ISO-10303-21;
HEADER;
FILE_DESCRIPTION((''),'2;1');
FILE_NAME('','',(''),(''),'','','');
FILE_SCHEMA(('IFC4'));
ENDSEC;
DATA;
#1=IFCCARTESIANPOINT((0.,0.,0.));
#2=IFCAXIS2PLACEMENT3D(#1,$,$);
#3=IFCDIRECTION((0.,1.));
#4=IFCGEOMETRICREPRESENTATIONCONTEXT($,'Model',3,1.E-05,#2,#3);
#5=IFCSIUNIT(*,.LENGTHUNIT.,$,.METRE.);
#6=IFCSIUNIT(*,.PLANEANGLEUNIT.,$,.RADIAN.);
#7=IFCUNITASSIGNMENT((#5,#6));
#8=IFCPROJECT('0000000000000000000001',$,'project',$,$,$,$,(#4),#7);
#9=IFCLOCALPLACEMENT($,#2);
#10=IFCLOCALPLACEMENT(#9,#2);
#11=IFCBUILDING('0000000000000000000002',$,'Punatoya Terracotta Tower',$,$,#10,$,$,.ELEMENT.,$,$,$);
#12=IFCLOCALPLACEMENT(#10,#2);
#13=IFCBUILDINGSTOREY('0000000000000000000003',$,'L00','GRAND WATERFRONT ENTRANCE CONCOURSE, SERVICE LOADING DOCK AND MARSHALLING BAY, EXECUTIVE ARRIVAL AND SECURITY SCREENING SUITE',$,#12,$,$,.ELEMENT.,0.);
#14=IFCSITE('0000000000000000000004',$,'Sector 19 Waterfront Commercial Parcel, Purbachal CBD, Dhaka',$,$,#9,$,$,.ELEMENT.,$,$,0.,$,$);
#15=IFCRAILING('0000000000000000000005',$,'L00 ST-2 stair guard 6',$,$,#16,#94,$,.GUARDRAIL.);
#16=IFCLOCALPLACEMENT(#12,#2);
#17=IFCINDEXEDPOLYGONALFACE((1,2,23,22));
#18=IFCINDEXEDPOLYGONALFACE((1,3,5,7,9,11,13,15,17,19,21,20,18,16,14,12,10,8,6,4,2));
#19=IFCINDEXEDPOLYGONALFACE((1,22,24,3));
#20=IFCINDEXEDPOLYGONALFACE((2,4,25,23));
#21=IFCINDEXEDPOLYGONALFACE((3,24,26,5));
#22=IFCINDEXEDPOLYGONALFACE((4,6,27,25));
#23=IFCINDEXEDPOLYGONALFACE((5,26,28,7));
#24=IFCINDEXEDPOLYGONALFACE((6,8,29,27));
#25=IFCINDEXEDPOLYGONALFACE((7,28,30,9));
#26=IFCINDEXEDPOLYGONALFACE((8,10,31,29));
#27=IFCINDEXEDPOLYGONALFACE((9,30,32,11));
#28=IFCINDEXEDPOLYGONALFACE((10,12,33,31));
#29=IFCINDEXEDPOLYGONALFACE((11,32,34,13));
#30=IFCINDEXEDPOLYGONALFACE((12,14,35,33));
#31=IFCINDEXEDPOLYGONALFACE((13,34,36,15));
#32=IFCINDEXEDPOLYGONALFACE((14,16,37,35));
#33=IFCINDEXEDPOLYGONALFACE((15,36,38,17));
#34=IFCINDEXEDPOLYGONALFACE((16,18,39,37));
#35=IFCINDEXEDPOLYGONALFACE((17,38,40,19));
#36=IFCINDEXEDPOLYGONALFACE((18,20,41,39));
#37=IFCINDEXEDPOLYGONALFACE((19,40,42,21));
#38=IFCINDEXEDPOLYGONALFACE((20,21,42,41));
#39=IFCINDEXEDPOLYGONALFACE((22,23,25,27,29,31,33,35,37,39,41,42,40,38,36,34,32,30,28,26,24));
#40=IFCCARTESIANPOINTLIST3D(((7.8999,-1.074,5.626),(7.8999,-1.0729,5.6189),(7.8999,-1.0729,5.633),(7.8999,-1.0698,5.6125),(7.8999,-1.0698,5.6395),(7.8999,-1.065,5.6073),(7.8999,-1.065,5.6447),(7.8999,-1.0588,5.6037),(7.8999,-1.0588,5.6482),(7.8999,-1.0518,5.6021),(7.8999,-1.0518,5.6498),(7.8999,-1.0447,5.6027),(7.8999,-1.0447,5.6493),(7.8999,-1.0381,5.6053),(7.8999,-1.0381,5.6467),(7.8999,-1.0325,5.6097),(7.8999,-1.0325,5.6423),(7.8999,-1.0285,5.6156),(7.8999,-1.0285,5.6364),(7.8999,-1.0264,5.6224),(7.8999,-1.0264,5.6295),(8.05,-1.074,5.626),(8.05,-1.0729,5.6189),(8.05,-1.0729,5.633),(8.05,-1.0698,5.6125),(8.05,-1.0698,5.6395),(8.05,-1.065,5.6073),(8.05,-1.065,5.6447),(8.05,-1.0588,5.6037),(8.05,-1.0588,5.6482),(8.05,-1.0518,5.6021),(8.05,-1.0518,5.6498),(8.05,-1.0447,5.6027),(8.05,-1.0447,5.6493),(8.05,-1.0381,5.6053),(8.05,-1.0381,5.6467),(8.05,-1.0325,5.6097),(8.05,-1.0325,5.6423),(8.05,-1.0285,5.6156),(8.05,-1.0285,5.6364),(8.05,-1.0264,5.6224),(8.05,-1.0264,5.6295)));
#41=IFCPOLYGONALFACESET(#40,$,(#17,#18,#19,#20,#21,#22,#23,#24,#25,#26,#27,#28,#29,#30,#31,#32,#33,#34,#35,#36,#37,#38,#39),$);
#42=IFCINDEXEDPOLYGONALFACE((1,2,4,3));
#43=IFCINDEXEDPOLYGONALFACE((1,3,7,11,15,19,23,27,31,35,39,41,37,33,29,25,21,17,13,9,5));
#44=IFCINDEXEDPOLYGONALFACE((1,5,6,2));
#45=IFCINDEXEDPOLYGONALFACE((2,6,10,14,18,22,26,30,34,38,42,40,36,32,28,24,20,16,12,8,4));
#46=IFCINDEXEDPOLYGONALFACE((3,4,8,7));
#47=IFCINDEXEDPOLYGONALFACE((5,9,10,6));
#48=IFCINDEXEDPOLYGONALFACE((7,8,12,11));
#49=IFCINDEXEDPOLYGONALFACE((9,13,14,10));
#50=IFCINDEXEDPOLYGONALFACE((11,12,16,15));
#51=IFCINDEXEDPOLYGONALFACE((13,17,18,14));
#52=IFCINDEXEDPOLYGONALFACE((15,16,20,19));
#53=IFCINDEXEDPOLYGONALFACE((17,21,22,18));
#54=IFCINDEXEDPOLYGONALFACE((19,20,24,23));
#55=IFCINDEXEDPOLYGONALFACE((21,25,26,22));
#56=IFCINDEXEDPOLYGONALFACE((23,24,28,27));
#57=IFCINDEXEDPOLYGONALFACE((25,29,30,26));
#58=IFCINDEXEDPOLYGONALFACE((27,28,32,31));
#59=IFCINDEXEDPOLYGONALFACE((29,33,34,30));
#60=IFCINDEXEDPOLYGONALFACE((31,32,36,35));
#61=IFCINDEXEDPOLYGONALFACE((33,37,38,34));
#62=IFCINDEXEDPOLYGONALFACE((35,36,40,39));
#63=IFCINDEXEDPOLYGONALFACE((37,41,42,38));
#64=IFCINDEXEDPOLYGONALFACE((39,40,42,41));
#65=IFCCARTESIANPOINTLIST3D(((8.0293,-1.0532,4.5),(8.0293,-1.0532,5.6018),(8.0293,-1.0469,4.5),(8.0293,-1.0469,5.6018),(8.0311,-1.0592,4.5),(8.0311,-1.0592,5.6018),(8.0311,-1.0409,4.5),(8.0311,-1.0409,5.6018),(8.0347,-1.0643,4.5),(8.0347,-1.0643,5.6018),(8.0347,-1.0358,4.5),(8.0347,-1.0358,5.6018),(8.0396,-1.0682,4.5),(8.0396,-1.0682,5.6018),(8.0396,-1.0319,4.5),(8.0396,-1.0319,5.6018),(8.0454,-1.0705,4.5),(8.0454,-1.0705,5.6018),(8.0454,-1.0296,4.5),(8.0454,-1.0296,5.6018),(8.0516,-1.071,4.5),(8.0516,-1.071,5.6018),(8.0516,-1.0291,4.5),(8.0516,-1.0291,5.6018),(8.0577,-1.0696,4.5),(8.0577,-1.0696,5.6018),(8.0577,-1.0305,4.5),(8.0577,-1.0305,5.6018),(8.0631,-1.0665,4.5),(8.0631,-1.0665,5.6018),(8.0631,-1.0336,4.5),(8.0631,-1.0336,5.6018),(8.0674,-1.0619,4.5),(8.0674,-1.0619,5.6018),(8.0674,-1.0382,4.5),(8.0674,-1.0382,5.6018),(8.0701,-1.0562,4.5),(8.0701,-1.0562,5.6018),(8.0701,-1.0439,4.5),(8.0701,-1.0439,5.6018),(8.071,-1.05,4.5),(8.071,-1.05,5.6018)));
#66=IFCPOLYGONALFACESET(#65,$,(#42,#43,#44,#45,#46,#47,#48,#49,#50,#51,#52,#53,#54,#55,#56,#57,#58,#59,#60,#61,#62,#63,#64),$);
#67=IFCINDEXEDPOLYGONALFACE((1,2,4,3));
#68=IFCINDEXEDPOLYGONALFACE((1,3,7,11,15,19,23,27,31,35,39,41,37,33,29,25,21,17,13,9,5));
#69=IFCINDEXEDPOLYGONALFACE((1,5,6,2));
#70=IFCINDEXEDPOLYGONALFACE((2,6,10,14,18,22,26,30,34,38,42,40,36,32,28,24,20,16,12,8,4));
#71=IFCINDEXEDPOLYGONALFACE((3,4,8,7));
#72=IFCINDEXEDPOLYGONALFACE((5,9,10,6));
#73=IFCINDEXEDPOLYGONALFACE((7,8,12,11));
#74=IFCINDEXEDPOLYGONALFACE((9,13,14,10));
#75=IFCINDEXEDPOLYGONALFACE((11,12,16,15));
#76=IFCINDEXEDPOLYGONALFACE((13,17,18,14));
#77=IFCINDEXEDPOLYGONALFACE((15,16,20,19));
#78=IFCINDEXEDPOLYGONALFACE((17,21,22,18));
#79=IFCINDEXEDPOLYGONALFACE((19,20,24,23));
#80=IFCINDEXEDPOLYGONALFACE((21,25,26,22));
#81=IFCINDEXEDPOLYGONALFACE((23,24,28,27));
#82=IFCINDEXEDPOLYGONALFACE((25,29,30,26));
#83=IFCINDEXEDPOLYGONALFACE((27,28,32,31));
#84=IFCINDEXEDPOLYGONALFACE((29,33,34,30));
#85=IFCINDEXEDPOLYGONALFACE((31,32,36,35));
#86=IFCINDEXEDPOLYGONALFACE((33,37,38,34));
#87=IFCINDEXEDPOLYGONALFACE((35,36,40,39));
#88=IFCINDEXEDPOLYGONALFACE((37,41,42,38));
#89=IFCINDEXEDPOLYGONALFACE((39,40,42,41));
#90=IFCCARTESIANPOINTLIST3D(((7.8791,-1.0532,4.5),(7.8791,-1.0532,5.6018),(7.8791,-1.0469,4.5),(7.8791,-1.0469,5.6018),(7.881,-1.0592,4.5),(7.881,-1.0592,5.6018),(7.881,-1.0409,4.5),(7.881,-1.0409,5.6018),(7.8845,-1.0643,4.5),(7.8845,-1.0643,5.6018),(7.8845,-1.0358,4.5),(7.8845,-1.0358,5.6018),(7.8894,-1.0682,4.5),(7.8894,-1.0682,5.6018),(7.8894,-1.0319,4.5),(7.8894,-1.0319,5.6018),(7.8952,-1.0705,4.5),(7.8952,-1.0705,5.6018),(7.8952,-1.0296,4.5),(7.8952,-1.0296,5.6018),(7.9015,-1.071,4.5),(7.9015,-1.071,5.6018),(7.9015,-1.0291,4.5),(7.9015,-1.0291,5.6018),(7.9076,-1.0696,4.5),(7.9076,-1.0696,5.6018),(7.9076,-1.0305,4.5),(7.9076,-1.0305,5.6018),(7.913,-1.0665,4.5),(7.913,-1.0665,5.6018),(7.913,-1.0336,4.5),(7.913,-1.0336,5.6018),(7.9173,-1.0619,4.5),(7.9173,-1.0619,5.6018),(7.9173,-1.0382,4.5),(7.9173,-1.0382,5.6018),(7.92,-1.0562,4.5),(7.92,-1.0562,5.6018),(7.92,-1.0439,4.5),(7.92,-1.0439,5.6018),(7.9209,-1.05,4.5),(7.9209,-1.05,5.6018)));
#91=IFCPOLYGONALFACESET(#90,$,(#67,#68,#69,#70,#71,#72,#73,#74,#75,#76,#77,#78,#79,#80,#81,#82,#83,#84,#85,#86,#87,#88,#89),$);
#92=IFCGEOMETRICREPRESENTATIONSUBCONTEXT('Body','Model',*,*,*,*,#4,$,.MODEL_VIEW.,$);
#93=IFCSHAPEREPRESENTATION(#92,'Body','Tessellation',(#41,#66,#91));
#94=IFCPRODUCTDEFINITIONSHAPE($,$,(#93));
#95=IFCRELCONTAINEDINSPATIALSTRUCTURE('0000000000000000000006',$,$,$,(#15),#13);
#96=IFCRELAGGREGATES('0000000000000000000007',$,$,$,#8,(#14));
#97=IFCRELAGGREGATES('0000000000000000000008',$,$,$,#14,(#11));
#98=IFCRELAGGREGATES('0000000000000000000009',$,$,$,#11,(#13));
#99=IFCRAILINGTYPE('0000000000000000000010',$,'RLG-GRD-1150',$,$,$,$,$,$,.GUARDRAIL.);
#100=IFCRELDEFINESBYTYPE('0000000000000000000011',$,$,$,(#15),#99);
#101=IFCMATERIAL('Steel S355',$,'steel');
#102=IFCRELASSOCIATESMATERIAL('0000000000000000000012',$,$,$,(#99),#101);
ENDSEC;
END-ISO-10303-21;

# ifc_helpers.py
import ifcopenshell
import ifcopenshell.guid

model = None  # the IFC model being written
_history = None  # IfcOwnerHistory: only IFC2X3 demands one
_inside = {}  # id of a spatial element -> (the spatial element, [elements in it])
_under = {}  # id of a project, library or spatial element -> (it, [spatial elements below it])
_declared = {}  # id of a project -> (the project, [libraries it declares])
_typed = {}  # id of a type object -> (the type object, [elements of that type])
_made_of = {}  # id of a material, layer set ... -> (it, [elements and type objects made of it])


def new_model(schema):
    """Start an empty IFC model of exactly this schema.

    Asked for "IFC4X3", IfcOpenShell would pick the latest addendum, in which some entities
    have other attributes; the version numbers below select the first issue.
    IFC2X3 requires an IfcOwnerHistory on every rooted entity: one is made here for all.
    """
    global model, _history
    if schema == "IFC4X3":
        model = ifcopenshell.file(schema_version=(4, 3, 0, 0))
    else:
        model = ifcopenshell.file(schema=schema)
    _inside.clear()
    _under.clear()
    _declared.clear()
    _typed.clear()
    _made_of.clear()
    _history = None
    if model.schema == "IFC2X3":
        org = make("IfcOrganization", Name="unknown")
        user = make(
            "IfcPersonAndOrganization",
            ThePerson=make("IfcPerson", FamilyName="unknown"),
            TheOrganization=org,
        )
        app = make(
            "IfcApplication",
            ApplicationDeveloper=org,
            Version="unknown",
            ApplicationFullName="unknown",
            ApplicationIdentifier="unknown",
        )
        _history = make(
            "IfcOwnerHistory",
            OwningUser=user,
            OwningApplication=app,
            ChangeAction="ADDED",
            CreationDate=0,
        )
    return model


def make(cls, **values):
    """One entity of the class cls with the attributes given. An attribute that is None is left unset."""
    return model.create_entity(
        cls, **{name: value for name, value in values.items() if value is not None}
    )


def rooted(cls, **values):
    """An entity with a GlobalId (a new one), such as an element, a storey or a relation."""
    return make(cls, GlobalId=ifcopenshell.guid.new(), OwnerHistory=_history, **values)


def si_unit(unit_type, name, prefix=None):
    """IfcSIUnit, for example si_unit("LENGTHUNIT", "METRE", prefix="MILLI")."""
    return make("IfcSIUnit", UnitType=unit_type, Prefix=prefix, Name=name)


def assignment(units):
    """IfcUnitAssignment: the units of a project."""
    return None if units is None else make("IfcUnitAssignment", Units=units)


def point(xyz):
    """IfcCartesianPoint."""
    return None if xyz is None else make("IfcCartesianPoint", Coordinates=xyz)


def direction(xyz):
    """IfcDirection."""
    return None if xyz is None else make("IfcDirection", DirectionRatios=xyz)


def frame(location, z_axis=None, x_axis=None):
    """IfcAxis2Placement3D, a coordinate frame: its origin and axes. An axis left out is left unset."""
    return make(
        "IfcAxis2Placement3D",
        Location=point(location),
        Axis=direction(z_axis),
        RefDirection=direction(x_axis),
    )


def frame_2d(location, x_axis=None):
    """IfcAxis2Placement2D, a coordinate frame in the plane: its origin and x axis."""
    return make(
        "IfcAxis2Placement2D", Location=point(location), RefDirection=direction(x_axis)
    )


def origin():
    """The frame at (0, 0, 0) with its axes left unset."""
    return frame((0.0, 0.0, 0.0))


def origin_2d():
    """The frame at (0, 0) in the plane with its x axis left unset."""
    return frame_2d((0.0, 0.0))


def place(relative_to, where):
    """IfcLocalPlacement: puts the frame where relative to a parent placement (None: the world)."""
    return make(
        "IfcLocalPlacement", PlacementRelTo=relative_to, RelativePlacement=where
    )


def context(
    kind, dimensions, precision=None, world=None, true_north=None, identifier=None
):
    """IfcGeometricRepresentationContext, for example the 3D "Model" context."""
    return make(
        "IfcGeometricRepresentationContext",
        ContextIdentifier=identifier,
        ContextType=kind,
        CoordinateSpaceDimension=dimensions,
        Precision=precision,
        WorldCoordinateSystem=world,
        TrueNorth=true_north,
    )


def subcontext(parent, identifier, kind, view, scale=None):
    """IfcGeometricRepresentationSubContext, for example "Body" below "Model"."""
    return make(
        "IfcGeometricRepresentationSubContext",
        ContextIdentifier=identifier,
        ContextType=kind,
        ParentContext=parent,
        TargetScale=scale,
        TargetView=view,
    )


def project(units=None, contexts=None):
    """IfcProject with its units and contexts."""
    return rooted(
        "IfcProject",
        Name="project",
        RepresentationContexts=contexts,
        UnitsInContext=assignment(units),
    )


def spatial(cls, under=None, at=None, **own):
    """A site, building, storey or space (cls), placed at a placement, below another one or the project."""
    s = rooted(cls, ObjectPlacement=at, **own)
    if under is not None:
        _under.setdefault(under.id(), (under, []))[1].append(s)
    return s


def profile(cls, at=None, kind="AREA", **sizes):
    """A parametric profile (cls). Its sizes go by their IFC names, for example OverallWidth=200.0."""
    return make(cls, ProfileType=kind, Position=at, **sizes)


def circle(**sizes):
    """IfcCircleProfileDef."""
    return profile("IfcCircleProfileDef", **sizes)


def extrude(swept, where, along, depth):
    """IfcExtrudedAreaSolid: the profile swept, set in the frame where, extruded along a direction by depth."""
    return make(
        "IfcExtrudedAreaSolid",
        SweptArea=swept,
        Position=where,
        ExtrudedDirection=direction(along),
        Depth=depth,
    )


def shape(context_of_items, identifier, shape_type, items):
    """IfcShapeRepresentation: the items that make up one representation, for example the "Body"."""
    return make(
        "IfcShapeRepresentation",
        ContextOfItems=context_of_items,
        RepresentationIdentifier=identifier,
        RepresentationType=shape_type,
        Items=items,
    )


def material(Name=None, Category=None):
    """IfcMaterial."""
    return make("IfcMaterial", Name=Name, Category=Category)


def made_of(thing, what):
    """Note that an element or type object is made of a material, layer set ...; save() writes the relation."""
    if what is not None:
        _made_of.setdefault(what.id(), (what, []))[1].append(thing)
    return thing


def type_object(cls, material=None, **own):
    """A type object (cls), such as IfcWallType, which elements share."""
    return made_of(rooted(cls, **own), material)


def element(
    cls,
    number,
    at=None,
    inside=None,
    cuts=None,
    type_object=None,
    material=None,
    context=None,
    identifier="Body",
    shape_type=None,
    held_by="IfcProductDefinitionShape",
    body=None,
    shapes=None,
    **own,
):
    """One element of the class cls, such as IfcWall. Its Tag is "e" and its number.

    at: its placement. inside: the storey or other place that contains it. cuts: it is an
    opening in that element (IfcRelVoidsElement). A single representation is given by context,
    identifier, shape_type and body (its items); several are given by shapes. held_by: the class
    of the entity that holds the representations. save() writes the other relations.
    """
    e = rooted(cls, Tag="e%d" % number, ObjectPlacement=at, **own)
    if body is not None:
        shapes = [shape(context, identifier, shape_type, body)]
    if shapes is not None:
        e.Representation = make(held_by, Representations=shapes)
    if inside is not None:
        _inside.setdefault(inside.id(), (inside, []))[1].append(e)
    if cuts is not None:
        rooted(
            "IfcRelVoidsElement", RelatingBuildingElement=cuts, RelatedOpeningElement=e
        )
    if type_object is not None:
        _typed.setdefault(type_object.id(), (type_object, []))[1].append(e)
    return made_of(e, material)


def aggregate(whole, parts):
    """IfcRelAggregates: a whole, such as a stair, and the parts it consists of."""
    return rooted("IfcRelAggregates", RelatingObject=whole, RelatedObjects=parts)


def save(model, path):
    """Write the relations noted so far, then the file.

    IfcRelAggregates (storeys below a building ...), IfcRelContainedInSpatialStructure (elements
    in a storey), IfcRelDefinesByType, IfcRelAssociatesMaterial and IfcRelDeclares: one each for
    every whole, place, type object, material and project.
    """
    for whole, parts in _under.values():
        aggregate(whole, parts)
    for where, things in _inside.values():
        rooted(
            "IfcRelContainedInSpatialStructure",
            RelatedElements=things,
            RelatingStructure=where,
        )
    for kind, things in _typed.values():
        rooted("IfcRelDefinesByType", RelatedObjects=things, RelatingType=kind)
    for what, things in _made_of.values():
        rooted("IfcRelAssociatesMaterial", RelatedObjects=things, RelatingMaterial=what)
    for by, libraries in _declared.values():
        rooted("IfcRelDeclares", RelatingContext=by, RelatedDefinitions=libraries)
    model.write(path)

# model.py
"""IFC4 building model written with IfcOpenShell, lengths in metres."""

from ifc_helpers import new_model, si_unit, direction, frame, origin, origin_2d, place, context, subcontext, project, spatial, circle, extrude, material, type_object, element, save


model = new_model("IFC4")

# Units and contexts
model_context = context("Model", 3, precision=1e-05, world=origin(), true_north=direction((0.0, 1.0)))
body_context = subcontext(model_context, "Body", "Model", "MODEL_VIEW")
ifc_project = project(units=[si_unit("LENGTHUNIT", "METRE"), si_unit("PLANEANGLEUNIT", "RADIAN")], contexts=[model_context])

# Site, building, storey
site_placement = place(None, origin())
site = spatial("IfcSite", under=ifc_project, at=site_placement, Name="Sector 19 Waterfront Commercial Parcel, Purbachal CBD, Dhaka", CompositionType="ELEMENT", RefElevation=0.0)
building_placement = place(site_placement, origin())
building = spatial("IfcBuilding", under=site, at=building_placement, Name="Punatoya Terracotta Tower", CompositionType="ELEMENT")
storey_placement = place(building_placement, origin())
storey = spatial("IfcBuildingStorey", under=building, at=storey_placement, Name="L00", Description="GRAND WATERFRONT ENTRANCE CONCOURSE, SERVICE LOADING DOCK AND MARSHALLING BAY, EXECUTIVE ARRIVAL AND SECURITY SCREENING SUITE", CompositionType="ELEMENT", Elevation=0.0)

# Shared definitions
ifc_material_1 = material(Name="Steel S355", Category="steel")

# Railing
railing_type_1 = type_object("IfcRailingType", Name="RLG-GRD-1150", PredefinedType="GUARDRAIL", material=ifc_material_1)
railing_1_placement = place(storey_placement, frame((8.05, -1.05, 4.5)))
element("IfcRailing", 1, at=railing_1_placement, inside=storey, type_object=railing_type_1, Name="L00 ST-2 stair guard 6", PredefinedType="GUARDRAIL", context=body_context, shape_type="SweptSolid", body=[
    extrude(circle(Radius=0.0239, at=origin_2d()), frame((0.0, 0.0, 1.126), z_axis=(-1.0, 0.0, 0.0), x_axis=(0.0, -1.0, 0.0)), (0.0, 0.0, 1.0), 0.1501),
    extrude(circle(Radius=0.021, at=origin_2d()), origin(), (0.0, 0.0, 1.0), 1.1018),
    extrude(circle(Radius=0.021, at=origin_2d()), frame((-0.1501, 0.0, 0.0)), (0.0, 0.0, 1.0), 1.1018),
])

save(model, "model.ifc")
